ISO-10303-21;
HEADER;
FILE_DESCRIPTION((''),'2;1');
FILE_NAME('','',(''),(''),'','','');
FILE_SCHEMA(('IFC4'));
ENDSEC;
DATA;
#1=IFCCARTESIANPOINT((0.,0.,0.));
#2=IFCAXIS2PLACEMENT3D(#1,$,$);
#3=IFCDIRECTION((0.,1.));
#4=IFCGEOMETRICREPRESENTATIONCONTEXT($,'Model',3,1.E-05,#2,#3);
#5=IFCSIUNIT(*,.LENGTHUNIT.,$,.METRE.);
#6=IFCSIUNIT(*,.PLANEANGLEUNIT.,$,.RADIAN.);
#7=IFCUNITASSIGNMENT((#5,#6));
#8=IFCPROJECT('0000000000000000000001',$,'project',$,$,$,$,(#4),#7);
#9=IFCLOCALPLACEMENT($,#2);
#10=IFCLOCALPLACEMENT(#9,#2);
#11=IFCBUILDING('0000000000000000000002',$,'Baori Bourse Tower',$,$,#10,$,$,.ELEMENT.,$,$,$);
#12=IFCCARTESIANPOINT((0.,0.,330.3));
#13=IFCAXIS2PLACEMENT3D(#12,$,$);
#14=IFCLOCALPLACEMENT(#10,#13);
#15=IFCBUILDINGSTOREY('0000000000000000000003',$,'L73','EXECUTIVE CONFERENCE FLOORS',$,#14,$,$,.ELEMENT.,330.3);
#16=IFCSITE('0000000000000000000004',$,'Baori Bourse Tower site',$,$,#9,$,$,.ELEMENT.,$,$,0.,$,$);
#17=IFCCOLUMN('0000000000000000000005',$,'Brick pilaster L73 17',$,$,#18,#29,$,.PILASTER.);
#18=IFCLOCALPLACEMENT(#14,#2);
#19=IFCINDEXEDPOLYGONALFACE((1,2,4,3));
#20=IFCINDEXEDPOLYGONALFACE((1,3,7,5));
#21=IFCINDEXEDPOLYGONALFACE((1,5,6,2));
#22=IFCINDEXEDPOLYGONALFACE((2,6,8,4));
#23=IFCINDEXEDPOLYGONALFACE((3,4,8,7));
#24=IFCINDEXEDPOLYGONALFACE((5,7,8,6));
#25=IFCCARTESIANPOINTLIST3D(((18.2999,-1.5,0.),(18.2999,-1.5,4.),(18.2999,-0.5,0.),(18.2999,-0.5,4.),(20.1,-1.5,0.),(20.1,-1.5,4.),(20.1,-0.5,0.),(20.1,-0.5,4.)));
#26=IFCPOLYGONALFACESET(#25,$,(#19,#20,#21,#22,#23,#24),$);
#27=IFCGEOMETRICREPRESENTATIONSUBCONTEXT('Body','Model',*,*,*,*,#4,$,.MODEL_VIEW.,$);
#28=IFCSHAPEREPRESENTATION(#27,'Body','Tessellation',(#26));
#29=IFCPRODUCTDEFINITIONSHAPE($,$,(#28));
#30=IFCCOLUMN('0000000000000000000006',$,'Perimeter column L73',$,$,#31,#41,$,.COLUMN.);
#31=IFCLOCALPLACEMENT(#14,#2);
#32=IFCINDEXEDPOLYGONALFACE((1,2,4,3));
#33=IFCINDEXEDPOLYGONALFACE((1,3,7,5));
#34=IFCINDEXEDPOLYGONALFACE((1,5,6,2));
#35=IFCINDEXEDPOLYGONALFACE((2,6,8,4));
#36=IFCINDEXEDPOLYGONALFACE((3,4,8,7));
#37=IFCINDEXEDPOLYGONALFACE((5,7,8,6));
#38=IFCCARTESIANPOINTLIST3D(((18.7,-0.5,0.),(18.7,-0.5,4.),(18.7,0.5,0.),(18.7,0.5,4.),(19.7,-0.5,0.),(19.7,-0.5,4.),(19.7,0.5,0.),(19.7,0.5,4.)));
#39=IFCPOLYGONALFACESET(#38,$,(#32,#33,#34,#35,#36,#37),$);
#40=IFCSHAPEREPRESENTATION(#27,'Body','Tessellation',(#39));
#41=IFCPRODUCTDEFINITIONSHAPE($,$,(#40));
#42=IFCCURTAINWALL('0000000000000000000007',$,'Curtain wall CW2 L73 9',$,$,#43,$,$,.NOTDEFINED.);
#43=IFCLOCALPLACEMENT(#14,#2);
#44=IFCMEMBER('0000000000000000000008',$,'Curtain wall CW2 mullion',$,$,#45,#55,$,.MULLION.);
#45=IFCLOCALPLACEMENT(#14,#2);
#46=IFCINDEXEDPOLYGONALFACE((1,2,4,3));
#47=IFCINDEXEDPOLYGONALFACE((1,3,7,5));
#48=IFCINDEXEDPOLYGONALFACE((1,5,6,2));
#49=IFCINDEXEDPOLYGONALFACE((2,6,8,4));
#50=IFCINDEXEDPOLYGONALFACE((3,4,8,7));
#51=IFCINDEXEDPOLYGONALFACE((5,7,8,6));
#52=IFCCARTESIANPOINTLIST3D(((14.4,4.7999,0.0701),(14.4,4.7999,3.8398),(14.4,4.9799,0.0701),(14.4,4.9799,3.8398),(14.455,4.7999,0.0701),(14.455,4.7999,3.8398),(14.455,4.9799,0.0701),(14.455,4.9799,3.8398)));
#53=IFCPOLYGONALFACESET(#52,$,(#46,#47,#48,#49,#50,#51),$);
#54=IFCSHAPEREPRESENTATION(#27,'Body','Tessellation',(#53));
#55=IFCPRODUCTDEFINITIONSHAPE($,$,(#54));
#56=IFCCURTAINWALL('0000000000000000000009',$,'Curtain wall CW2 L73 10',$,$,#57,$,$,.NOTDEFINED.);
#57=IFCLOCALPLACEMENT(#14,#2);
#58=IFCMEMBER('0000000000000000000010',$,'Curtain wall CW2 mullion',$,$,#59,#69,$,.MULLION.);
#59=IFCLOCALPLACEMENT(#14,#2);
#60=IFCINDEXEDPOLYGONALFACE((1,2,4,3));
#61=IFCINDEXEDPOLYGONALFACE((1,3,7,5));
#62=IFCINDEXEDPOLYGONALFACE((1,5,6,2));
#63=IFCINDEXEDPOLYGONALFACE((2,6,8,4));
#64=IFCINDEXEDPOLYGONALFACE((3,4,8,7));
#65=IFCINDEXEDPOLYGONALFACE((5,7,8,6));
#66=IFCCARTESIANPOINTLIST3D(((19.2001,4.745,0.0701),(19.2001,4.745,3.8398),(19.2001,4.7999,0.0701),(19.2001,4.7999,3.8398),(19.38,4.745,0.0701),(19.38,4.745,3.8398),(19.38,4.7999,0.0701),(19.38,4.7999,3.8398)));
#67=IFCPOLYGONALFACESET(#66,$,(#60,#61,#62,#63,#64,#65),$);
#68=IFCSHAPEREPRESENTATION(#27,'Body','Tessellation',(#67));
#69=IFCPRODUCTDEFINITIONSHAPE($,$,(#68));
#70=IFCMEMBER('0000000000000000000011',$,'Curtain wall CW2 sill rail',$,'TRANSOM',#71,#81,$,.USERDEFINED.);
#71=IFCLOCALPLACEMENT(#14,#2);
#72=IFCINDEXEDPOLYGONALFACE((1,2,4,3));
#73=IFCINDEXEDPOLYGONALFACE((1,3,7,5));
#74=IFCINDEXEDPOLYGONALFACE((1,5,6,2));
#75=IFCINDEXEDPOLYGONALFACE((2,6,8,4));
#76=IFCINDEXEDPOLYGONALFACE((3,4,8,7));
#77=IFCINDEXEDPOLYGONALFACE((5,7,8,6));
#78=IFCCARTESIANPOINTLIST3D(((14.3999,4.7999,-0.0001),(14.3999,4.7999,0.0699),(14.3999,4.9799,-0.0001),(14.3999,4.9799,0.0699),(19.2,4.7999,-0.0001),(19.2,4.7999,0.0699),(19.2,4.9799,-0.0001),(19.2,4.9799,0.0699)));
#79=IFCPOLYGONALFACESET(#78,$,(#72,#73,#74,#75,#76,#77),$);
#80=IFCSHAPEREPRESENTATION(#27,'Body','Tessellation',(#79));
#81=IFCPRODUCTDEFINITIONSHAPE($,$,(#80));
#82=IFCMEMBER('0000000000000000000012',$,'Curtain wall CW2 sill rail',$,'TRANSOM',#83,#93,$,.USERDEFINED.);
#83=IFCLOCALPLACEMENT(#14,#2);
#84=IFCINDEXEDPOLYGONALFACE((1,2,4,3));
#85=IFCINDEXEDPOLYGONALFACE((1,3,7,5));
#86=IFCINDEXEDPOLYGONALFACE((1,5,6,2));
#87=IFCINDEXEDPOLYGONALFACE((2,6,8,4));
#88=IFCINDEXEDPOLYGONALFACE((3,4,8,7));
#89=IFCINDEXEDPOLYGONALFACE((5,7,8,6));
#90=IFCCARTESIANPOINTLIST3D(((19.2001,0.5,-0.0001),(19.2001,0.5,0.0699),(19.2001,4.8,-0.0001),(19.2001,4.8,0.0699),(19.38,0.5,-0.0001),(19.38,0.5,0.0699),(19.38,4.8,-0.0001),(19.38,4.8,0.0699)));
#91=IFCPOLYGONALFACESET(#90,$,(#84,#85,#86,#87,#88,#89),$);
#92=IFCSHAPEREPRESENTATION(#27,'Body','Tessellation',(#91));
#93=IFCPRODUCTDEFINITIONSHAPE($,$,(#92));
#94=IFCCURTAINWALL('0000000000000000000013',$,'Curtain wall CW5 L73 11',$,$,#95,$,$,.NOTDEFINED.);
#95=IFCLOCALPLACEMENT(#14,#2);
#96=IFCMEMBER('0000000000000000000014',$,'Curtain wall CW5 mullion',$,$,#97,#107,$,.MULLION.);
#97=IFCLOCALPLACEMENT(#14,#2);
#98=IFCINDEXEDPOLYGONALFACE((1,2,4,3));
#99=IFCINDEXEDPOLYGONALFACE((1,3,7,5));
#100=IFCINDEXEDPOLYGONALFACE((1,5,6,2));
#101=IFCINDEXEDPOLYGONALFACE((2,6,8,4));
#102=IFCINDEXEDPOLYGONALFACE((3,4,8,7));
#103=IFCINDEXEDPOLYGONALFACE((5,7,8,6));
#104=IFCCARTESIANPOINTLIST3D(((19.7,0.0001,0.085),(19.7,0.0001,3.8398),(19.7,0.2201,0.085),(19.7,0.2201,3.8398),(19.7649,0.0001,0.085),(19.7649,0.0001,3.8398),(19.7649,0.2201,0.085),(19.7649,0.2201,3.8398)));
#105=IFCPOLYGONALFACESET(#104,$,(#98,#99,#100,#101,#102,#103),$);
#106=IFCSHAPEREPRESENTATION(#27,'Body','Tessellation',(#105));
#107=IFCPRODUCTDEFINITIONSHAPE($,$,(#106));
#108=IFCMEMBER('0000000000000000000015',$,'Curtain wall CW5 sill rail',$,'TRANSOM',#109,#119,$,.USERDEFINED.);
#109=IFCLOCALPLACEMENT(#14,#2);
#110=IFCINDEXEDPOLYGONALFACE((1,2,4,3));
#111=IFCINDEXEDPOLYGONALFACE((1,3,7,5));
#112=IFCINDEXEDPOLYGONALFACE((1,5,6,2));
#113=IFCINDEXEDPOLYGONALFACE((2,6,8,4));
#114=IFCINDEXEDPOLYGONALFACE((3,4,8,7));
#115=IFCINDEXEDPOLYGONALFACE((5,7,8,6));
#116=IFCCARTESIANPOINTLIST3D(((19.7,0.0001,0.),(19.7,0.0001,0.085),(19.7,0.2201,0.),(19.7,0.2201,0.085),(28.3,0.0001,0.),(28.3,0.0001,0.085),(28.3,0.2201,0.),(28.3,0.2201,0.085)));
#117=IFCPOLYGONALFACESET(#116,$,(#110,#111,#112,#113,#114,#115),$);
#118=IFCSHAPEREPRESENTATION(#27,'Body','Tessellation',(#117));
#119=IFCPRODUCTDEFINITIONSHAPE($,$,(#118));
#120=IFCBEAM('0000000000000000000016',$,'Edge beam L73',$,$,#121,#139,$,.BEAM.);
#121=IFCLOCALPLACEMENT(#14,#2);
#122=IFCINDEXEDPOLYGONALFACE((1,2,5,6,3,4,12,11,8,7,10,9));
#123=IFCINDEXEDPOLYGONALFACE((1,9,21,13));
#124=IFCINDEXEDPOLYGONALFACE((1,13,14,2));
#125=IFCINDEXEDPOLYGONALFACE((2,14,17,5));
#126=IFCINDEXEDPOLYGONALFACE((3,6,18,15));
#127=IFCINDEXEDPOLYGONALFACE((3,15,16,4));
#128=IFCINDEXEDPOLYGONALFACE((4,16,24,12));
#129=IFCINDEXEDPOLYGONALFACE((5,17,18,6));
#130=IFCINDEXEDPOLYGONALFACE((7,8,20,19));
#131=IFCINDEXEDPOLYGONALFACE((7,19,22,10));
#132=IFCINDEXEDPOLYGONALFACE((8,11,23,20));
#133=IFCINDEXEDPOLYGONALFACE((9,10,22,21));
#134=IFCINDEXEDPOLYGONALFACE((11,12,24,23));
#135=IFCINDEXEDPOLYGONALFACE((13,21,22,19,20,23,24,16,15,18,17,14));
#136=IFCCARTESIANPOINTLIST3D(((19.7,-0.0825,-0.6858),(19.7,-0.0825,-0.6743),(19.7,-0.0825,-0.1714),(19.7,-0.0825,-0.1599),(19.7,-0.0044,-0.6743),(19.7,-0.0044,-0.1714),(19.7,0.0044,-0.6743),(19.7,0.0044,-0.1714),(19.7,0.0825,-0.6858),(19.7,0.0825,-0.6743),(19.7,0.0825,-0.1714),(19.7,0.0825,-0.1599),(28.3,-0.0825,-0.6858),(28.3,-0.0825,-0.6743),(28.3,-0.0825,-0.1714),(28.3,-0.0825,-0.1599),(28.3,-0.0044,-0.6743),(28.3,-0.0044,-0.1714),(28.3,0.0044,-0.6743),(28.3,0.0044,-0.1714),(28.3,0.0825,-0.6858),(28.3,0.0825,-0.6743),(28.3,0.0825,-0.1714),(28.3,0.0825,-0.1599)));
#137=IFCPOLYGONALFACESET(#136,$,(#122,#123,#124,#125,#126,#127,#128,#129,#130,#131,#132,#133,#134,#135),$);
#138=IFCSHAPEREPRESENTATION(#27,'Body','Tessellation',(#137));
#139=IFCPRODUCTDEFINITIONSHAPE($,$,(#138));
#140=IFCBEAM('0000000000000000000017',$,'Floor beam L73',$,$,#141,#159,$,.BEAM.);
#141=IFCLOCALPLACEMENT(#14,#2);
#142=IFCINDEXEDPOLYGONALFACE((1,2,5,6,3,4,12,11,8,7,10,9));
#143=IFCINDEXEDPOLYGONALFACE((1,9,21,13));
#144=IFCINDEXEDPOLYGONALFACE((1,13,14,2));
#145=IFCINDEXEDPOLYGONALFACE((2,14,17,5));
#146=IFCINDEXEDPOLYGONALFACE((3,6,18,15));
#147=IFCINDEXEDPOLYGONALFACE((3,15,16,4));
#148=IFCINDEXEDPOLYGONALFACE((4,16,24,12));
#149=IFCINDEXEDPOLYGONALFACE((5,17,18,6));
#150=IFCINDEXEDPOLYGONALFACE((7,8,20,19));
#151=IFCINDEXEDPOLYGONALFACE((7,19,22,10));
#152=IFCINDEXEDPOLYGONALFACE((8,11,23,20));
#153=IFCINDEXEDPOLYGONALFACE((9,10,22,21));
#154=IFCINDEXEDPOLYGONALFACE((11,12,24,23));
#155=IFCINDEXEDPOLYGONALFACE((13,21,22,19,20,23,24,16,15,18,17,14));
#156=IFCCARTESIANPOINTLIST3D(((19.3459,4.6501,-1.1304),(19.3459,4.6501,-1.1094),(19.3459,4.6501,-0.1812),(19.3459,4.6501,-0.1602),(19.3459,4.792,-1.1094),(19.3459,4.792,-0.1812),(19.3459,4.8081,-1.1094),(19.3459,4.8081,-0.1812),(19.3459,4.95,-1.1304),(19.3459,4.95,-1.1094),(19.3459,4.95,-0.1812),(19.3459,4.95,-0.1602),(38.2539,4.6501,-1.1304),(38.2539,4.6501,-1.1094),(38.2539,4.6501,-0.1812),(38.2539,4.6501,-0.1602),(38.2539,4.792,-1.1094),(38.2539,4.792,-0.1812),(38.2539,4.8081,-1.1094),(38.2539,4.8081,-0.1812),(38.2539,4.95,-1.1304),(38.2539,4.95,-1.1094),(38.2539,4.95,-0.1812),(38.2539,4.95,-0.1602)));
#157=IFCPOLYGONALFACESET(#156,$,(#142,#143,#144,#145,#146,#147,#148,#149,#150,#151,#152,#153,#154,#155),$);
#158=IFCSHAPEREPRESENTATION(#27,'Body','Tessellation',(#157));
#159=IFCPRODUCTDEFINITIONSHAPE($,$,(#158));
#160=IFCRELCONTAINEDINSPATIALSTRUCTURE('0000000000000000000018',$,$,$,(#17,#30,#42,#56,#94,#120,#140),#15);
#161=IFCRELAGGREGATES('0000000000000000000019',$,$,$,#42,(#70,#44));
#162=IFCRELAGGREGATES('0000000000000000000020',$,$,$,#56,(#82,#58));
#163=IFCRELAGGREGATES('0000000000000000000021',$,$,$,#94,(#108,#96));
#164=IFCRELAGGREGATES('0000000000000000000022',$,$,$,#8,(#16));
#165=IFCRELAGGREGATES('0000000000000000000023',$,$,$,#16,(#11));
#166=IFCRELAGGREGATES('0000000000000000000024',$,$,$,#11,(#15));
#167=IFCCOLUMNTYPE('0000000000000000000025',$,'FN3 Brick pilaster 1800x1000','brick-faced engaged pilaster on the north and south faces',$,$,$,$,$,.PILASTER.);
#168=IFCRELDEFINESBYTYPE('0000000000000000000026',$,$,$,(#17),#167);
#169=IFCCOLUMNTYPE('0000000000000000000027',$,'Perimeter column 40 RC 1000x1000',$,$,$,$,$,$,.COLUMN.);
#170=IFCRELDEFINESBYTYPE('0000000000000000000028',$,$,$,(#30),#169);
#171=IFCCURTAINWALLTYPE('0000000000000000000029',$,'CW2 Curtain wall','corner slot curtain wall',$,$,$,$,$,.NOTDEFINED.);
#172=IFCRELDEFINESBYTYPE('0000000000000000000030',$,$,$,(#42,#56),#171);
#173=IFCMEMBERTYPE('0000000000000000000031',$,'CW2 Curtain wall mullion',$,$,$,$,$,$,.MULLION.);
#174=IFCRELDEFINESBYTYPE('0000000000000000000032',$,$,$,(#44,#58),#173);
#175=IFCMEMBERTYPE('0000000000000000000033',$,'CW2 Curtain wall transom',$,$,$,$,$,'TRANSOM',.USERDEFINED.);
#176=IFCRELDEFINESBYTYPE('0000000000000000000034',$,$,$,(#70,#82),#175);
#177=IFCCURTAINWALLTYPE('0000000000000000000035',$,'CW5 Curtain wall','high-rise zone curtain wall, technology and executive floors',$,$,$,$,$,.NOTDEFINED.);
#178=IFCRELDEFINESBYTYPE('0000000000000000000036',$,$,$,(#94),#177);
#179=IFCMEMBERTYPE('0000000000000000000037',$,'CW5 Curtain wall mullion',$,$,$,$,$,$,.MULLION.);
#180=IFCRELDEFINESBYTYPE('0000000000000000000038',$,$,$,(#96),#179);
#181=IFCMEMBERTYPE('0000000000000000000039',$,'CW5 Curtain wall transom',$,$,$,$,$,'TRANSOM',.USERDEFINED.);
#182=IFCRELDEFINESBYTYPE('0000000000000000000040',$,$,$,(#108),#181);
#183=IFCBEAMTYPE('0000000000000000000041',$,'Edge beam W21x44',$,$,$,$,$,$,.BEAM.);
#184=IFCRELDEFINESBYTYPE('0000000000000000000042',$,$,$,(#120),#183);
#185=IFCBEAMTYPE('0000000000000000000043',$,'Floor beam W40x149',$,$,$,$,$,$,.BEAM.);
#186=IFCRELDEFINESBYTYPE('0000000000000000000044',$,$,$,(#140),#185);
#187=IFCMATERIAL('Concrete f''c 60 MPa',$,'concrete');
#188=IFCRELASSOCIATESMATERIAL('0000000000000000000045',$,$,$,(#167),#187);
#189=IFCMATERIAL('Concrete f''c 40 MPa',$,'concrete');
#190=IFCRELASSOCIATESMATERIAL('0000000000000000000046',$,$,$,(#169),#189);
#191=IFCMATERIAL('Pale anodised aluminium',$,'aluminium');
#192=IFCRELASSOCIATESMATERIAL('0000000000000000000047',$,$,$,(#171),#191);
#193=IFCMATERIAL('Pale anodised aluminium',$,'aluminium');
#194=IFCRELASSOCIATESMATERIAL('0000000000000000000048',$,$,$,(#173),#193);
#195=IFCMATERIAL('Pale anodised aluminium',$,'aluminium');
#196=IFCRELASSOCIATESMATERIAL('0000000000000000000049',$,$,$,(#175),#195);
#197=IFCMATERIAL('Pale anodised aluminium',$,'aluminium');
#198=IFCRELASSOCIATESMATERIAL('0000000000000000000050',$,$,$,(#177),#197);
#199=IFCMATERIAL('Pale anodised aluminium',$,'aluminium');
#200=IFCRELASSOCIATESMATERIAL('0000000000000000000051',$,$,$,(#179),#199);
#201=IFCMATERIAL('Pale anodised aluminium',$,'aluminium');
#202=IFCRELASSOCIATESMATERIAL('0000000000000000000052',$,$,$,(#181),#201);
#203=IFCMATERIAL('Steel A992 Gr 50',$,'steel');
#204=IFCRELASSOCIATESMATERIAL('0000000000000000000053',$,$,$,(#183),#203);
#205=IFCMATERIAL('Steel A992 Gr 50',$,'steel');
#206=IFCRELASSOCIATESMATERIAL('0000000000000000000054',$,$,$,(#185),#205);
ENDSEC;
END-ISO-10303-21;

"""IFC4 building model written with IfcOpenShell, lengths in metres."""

from ifc_helpers import new_model, si_unit, direction, frame, origin, origin_2d, place, context, subcontext, project, spatial, rectangle, i_section, extrude, material, material_profile, profile_set, type_object, element, aggregate, save


model = new_model("IFC4")

# Units and contexts
model_context = context("Model", 3, precision=1e-05, world=origin(), true_north=direction((0.0, 1.0)))
body_context = subcontext(model_context, "Body", "Model", "MODEL_VIEW")
ifc_project = project(units=[si_unit("LENGTHUNIT", "METRE"), si_unit("PLANEANGLEUNIT", "RADIAN")], contexts=[model_context])

# Site, building, storey
site_placement = place(None, origin())
site = spatial("IfcSite", under=ifc_project, at=site_placement, Name="Baori Bourse Tower site", CompositionType="ELEMENT", RefElevation=0.0)
building_placement = place(site_placement, origin())
building = spatial("IfcBuilding", under=site, at=building_placement, Name="Baori Bourse Tower", CompositionType="ELEMENT")
storey_placement = place(building_placement, frame((0.0, 0.0, 330.3)))
storey = spatial("IfcBuildingStorey", under=building, at=storey_placement, Name="L73", Description="EXECUTIVE CONFERENCE FLOORS", CompositionType="ELEMENT", Elevation=330.3)

# Columns
ifc_material_1 = material(Name="Concrete f'c 60 MPa", Category="concrete")
ifc_material_profile_1 = material_profile(ifc_material_1, rectangle(XDim=1.8, YDim=1.0, at=origin_2d()), Name="RC 1800x1000")
ifc_profile_set_1 = profile_set([ifc_material_profile_1], Name="Concrete f'c 60 MPa")
column_type_1 = type_object("IfcColumnType", Name="FN3 Brick pilaster 1800x1000", Description="brick-faced engaged pilaster on the north and south faces", PredefinedType="PILASTER", material=ifc_profile_set_1)
column_1_placement = place(storey_placement, frame((19.2, -1.0, 0.0), z_axis=(0.0, 0.0, 1.0), x_axis=(1.0, 0.0, 0.0)))
element("IfcColumn", 1, at=column_1_placement, inside=storey, type_object=column_type_1, Name="Brick pilaster L73 17", PredefinedType="PILASTER", context=body_context, shape_type="SweptSolid", body=[
    extrude(rectangle(XDim=1.8, YDim=1.0, at=origin_2d()), origin(), (0.0, 0.0, 1.0), 4.0),
])
ifc_material_2 = material(Name="Concrete f'c 40 MPa", Category="concrete")
ifc_material_profile_2 = material_profile(ifc_material_2, rectangle(XDim=1.0, YDim=1.0, at=origin_2d()), Name="RC 1000x1000")
ifc_profile_set_2 = profile_set([ifc_material_profile_2], Name="Concrete f'c 40 MPa")
column_type_2 = type_object("IfcColumnType", Name="Perimeter column 40 RC 1000x1000", PredefinedType="COLUMN", material=ifc_profile_set_2)
column_2_placement = place(storey_placement, frame((19.2, 0.0, 0.0), z_axis=(0.0, 0.0, 1.0), x_axis=(1.0, 0.0, 0.0)))
element("IfcColumn", 2, at=column_2_placement, inside=storey, type_object=column_type_2, Name="Perimeter column L73", PredefinedType="COLUMN", context=body_context, shape_type="SweptSolid", body=[
    extrude(rectangle(XDim=1.0, YDim=1.0, at=origin_2d()), origin(), (0.0, 0.0, 1.0), 4.0),
])

# Curtain walls, members
ifc_material_3 = material(Name="Pale anodised aluminium", Category="aluminium")
curtain_wall_type_1 = type_object("IfcCurtainWallType", Name="CW2 Curtain wall", Description="corner slot curtain wall", PredefinedType="NOTDEFINED", material=ifc_material_3)
curtain_wall_1_placement = place(storey_placement, origin())
curtain_wall_1 = element("IfcCurtainWall", 3, at=curtain_wall_1_placement, inside=storey, type_object=curtain_wall_type_1, Name="Curtain wall CW2 L73 9", PredefinedType="NOTDEFINED")
ifc_material_4 = material(Name="Pale anodised aluminium", Category="aluminium")
ifc_material_profile_3 = material_profile(ifc_material_4, rectangle(XDim=0.1799, YDim=0.0549, at=origin_2d()), Name="Mullion 55x180")
ifc_profile_set_3 = profile_set([ifc_material_profile_3], Name="Pale anodised aluminium")
member_type_1 = type_object("IfcMemberType", Name="CW2 Curtain wall mullion", PredefinedType="MULLION", material=ifc_profile_set_3)
member_1_placement = place(storey_placement, frame((14.4275, 4.8899, 0.0701), z_axis=(0.0, 0.0, 1.0), x_axis=(0.0, 1.0, 0.0)))
member_1 = element("IfcMember", 4, at=member_1_placement, type_object=member_type_1, Name="Curtain wall CW2 mullion", PredefinedType="MULLION", context=body_context, shape_type="SweptSolid", body=[
    extrude(rectangle(XDim=0.1799, YDim=0.0549, at=origin_2d()), origin(), (0.0, 0.0, 1.0), 3.7698),
])
curtain_wall_2_placement = place(storey_placement, origin())
curtain_wall_2 = element("IfcCurtainWall", 5, at=curtain_wall_2_placement, inside=storey, type_object=curtain_wall_type_1, Name="Curtain wall CW2 L73 10", PredefinedType="NOTDEFINED")
member_2_placement = place(storey_placement, frame((19.29, 4.7725, 0.0701), z_axis=(0.0, 0.0, 1.0), x_axis=(1.0, 0.0, 0.0)))
member_2 = element("IfcMember", 6, at=member_2_placement, type_object=member_type_1, Name="Curtain wall CW2 mullion", PredefinedType="MULLION", context=body_context, shape_type="SweptSolid", body=[
    extrude(rectangle(XDim=0.1799, YDim=0.0549, at=origin_2d()), origin(), (0.0, 0.0, 1.0), 3.7698),
])

# Members
ifc_material_5 = material(Name="Pale anodised aluminium", Category="aluminium")
ifc_material_profile_4 = material_profile(ifc_material_5, rectangle(XDim=0.1799, YDim=0.0701, at=origin_2d()), Name="Transom 70x180")
ifc_profile_set_4 = profile_set([ifc_material_profile_4], Name="Pale anodised aluminium")
member_type_2 = type_object("IfcMemberType", Name="CW2 Curtain wall transom", ElementType="TRANSOM", PredefinedType="USERDEFINED", material=ifc_profile_set_4)
member_3_placement = place(storey_placement, frame((14.3999, 4.8899, 0.0349), z_axis=(1.0, 0.0, 0.0), x_axis=(0.0, 1.0, 0.0)))
member_3 = element("IfcMember", 7, at=member_3_placement, type_object=member_type_2, Name="Curtain wall CW2 sill rail", ObjectType="TRANSOM", PredefinedType="USERDEFINED", context=body_context, shape_type="SweptSolid", body=[
    extrude(rectangle(XDim=0.1799, YDim=0.0701, at=origin_2d()), origin(), (0.0, 0.0, 1.0), 4.8),
])
aggregate(curtain_wall_1, [member_3, member_1])
member_4_placement = place(storey_placement, frame((19.29, 4.8, 0.0349), z_axis=(0.0, -1.0, 0.0), x_axis=(1.0, 0.0, 0.0)))
member_4 = element("IfcMember", 8, at=member_4_placement, type_object=member_type_2, Name="Curtain wall CW2 sill rail", ObjectType="TRANSOM", PredefinedType="USERDEFINED", context=body_context, shape_type="SweptSolid", body=[
    extrude(rectangle(XDim=0.1799, YDim=0.0701, at=origin_2d()), origin(), (0.0, 0.0, 1.0), 4.3),
])

# Curtain wall, members
ifc_material_6 = material(Name="Pale anodised aluminium", Category="aluminium")
curtain_wall_type_2 = type_object("IfcCurtainWallType", Name="CW5 Curtain wall", Description="high-rise zone curtain wall, technology and executive floors", PredefinedType="NOTDEFINED", material=ifc_material_6)
curtain_wall_3_placement = place(storey_placement, origin())
curtain_wall_3 = element("IfcCurtainWall", 9, at=curtain_wall_3_placement, inside=storey, type_object=curtain_wall_type_2, Name="Curtain wall CW5 L73 11", PredefinedType="NOTDEFINED")
ifc_material_7 = material(Name="Pale anodised aluminium", Category="aluminium")
ifc_material_profile_5 = material_profile(ifc_material_7, rectangle(XDim=0.22, YDim=0.0649, at=origin_2d()), Name="Mullion 65x220")
ifc_profile_set_5 = profile_set([ifc_material_profile_5], Name="Pale anodised aluminium")
member_type_3 = type_object("IfcMemberType", Name="CW5 Curtain wall mullion", PredefinedType="MULLION", material=ifc_profile_set_5)
member_5_placement = place(storey_placement, frame((19.7324, 0.1101, 0.085), z_axis=(0.0, 0.0, 1.0), x_axis=(0.0, 1.0, 0.0)))
member_5 = element("IfcMember", 10, at=member_5_placement, type_object=member_type_3, Name="Curtain wall CW5 mullion", PredefinedType="MULLION", context=body_context, shape_type="SweptSolid", body=[
    extrude(rectangle(XDim=0.22, YDim=0.0649, at=origin_2d()), origin(), (0.0, 0.0, 1.0), 3.7549),
])
ifc_material_8 = material(Name="Pale anodised aluminium", Category="aluminium")
ifc_material_profile_6 = material_profile(ifc_material_8, rectangle(XDim=0.22, YDim=0.085, at=origin_2d()), Name="Transom 85x220")
ifc_profile_set_6 = profile_set([ifc_material_profile_6], Name="Pale anodised aluminium")
member_type_4 = type_object("IfcMemberType", Name="CW5 Curtain wall transom", ElementType="TRANSOM", PredefinedType="USERDEFINED", material=ifc_profile_set_6)
member_6_placement = place(storey_placement, frame((19.7, 0.1101, 0.0425), z_axis=(1.0, 0.0, 0.0), x_axis=(0.0, 1.0, 0.0)))
member_6 = element("IfcMember", 11, at=member_6_placement, type_object=member_type_4, Name="Curtain wall CW5 sill rail", ObjectType="TRANSOM", PredefinedType="USERDEFINED", context=body_context, shape_type="SweptSolid", body=[
    extrude(rectangle(XDim=0.22, YDim=0.085, at=origin_2d()), origin(), (0.0, 0.0, 1.0), 8.6001),
])

# Beams
ifc_material_9 = material(Name="Steel A992 Gr 50", Category="steel")
ifc_material_profile_7 = material_profile(ifc_material_9, i_section(OverallWidth=0.165, OverallDepth=0.5259, WebThickness=0.0088, FlangeThickness=0.0115, at=origin_2d()), Name="W21x44")
ifc_profile_set_7 = profile_set([ifc_material_profile_7], Name="Steel A992 Gr 50")
beam_type_1 = type_object("IfcBeamType", Name="Edge beam W21x44", PredefinedType="BEAM", material=ifc_profile_set_7)
beam_1_placement = place(storey_placement, frame((19.7, 0.0, -0.4229), z_axis=(1.0, 0.0, 0.0), x_axis=(0.0, 1.0, 0.0)))
element("IfcBeam", 12, at=beam_1_placement, inside=storey, type_object=beam_type_1, Name="Edge beam L73", PredefinedType="BEAM", context=body_context, shape_type="SweptSolid", body=[
    extrude(i_section(OverallWidth=0.165, OverallDepth=0.5259, WebThickness=0.0088, FlangeThickness=0.0115, at=origin_2d()), origin(), (0.0, 0.0, 1.0), 8.6001),
])
ifc_material_10 = material(Name="Steel A992 Gr 50", Category="steel")
ifc_material_profile_8 = material_profile(ifc_material_10, i_section(OverallWidth=0.2998, OverallDepth=0.9702, WebThickness=0.0161, FlangeThickness=0.021, at=origin_2d()), Name="W40x149")
ifc_profile_set_8 = profile_set([ifc_material_profile_8], Name="Steel A992 Gr 50")
beam_type_2 = type_object("IfcBeamType", Name="Floor beam W40x149", PredefinedType="BEAM", material=ifc_profile_set_8)
beam_2_placement = place(storey_placement, frame((19.3459, 4.8, -0.6453), z_axis=(1.0, 0.0, 0.0), x_axis=(0.0, 1.0, 0.0)))
element("IfcBeam", 13, at=beam_2_placement, inside=storey, type_object=beam_type_2, Name="Floor beam L73", PredefinedType="BEAM", context=body_context, shape_type="SweptSolid", body=[
    extrude(i_section(OverallWidth=0.2998, OverallDepth=0.9702, WebThickness=0.0161, FlangeThickness=0.021, at=origin_2d()), origin(), (0.0, 0.0, 1.0), 18.908),
])

aggregate(curtain_wall_2, [member_4, member_2])
aggregate(curtain_wall_3, [member_6, member_5])

save(model, "model.ifc")
